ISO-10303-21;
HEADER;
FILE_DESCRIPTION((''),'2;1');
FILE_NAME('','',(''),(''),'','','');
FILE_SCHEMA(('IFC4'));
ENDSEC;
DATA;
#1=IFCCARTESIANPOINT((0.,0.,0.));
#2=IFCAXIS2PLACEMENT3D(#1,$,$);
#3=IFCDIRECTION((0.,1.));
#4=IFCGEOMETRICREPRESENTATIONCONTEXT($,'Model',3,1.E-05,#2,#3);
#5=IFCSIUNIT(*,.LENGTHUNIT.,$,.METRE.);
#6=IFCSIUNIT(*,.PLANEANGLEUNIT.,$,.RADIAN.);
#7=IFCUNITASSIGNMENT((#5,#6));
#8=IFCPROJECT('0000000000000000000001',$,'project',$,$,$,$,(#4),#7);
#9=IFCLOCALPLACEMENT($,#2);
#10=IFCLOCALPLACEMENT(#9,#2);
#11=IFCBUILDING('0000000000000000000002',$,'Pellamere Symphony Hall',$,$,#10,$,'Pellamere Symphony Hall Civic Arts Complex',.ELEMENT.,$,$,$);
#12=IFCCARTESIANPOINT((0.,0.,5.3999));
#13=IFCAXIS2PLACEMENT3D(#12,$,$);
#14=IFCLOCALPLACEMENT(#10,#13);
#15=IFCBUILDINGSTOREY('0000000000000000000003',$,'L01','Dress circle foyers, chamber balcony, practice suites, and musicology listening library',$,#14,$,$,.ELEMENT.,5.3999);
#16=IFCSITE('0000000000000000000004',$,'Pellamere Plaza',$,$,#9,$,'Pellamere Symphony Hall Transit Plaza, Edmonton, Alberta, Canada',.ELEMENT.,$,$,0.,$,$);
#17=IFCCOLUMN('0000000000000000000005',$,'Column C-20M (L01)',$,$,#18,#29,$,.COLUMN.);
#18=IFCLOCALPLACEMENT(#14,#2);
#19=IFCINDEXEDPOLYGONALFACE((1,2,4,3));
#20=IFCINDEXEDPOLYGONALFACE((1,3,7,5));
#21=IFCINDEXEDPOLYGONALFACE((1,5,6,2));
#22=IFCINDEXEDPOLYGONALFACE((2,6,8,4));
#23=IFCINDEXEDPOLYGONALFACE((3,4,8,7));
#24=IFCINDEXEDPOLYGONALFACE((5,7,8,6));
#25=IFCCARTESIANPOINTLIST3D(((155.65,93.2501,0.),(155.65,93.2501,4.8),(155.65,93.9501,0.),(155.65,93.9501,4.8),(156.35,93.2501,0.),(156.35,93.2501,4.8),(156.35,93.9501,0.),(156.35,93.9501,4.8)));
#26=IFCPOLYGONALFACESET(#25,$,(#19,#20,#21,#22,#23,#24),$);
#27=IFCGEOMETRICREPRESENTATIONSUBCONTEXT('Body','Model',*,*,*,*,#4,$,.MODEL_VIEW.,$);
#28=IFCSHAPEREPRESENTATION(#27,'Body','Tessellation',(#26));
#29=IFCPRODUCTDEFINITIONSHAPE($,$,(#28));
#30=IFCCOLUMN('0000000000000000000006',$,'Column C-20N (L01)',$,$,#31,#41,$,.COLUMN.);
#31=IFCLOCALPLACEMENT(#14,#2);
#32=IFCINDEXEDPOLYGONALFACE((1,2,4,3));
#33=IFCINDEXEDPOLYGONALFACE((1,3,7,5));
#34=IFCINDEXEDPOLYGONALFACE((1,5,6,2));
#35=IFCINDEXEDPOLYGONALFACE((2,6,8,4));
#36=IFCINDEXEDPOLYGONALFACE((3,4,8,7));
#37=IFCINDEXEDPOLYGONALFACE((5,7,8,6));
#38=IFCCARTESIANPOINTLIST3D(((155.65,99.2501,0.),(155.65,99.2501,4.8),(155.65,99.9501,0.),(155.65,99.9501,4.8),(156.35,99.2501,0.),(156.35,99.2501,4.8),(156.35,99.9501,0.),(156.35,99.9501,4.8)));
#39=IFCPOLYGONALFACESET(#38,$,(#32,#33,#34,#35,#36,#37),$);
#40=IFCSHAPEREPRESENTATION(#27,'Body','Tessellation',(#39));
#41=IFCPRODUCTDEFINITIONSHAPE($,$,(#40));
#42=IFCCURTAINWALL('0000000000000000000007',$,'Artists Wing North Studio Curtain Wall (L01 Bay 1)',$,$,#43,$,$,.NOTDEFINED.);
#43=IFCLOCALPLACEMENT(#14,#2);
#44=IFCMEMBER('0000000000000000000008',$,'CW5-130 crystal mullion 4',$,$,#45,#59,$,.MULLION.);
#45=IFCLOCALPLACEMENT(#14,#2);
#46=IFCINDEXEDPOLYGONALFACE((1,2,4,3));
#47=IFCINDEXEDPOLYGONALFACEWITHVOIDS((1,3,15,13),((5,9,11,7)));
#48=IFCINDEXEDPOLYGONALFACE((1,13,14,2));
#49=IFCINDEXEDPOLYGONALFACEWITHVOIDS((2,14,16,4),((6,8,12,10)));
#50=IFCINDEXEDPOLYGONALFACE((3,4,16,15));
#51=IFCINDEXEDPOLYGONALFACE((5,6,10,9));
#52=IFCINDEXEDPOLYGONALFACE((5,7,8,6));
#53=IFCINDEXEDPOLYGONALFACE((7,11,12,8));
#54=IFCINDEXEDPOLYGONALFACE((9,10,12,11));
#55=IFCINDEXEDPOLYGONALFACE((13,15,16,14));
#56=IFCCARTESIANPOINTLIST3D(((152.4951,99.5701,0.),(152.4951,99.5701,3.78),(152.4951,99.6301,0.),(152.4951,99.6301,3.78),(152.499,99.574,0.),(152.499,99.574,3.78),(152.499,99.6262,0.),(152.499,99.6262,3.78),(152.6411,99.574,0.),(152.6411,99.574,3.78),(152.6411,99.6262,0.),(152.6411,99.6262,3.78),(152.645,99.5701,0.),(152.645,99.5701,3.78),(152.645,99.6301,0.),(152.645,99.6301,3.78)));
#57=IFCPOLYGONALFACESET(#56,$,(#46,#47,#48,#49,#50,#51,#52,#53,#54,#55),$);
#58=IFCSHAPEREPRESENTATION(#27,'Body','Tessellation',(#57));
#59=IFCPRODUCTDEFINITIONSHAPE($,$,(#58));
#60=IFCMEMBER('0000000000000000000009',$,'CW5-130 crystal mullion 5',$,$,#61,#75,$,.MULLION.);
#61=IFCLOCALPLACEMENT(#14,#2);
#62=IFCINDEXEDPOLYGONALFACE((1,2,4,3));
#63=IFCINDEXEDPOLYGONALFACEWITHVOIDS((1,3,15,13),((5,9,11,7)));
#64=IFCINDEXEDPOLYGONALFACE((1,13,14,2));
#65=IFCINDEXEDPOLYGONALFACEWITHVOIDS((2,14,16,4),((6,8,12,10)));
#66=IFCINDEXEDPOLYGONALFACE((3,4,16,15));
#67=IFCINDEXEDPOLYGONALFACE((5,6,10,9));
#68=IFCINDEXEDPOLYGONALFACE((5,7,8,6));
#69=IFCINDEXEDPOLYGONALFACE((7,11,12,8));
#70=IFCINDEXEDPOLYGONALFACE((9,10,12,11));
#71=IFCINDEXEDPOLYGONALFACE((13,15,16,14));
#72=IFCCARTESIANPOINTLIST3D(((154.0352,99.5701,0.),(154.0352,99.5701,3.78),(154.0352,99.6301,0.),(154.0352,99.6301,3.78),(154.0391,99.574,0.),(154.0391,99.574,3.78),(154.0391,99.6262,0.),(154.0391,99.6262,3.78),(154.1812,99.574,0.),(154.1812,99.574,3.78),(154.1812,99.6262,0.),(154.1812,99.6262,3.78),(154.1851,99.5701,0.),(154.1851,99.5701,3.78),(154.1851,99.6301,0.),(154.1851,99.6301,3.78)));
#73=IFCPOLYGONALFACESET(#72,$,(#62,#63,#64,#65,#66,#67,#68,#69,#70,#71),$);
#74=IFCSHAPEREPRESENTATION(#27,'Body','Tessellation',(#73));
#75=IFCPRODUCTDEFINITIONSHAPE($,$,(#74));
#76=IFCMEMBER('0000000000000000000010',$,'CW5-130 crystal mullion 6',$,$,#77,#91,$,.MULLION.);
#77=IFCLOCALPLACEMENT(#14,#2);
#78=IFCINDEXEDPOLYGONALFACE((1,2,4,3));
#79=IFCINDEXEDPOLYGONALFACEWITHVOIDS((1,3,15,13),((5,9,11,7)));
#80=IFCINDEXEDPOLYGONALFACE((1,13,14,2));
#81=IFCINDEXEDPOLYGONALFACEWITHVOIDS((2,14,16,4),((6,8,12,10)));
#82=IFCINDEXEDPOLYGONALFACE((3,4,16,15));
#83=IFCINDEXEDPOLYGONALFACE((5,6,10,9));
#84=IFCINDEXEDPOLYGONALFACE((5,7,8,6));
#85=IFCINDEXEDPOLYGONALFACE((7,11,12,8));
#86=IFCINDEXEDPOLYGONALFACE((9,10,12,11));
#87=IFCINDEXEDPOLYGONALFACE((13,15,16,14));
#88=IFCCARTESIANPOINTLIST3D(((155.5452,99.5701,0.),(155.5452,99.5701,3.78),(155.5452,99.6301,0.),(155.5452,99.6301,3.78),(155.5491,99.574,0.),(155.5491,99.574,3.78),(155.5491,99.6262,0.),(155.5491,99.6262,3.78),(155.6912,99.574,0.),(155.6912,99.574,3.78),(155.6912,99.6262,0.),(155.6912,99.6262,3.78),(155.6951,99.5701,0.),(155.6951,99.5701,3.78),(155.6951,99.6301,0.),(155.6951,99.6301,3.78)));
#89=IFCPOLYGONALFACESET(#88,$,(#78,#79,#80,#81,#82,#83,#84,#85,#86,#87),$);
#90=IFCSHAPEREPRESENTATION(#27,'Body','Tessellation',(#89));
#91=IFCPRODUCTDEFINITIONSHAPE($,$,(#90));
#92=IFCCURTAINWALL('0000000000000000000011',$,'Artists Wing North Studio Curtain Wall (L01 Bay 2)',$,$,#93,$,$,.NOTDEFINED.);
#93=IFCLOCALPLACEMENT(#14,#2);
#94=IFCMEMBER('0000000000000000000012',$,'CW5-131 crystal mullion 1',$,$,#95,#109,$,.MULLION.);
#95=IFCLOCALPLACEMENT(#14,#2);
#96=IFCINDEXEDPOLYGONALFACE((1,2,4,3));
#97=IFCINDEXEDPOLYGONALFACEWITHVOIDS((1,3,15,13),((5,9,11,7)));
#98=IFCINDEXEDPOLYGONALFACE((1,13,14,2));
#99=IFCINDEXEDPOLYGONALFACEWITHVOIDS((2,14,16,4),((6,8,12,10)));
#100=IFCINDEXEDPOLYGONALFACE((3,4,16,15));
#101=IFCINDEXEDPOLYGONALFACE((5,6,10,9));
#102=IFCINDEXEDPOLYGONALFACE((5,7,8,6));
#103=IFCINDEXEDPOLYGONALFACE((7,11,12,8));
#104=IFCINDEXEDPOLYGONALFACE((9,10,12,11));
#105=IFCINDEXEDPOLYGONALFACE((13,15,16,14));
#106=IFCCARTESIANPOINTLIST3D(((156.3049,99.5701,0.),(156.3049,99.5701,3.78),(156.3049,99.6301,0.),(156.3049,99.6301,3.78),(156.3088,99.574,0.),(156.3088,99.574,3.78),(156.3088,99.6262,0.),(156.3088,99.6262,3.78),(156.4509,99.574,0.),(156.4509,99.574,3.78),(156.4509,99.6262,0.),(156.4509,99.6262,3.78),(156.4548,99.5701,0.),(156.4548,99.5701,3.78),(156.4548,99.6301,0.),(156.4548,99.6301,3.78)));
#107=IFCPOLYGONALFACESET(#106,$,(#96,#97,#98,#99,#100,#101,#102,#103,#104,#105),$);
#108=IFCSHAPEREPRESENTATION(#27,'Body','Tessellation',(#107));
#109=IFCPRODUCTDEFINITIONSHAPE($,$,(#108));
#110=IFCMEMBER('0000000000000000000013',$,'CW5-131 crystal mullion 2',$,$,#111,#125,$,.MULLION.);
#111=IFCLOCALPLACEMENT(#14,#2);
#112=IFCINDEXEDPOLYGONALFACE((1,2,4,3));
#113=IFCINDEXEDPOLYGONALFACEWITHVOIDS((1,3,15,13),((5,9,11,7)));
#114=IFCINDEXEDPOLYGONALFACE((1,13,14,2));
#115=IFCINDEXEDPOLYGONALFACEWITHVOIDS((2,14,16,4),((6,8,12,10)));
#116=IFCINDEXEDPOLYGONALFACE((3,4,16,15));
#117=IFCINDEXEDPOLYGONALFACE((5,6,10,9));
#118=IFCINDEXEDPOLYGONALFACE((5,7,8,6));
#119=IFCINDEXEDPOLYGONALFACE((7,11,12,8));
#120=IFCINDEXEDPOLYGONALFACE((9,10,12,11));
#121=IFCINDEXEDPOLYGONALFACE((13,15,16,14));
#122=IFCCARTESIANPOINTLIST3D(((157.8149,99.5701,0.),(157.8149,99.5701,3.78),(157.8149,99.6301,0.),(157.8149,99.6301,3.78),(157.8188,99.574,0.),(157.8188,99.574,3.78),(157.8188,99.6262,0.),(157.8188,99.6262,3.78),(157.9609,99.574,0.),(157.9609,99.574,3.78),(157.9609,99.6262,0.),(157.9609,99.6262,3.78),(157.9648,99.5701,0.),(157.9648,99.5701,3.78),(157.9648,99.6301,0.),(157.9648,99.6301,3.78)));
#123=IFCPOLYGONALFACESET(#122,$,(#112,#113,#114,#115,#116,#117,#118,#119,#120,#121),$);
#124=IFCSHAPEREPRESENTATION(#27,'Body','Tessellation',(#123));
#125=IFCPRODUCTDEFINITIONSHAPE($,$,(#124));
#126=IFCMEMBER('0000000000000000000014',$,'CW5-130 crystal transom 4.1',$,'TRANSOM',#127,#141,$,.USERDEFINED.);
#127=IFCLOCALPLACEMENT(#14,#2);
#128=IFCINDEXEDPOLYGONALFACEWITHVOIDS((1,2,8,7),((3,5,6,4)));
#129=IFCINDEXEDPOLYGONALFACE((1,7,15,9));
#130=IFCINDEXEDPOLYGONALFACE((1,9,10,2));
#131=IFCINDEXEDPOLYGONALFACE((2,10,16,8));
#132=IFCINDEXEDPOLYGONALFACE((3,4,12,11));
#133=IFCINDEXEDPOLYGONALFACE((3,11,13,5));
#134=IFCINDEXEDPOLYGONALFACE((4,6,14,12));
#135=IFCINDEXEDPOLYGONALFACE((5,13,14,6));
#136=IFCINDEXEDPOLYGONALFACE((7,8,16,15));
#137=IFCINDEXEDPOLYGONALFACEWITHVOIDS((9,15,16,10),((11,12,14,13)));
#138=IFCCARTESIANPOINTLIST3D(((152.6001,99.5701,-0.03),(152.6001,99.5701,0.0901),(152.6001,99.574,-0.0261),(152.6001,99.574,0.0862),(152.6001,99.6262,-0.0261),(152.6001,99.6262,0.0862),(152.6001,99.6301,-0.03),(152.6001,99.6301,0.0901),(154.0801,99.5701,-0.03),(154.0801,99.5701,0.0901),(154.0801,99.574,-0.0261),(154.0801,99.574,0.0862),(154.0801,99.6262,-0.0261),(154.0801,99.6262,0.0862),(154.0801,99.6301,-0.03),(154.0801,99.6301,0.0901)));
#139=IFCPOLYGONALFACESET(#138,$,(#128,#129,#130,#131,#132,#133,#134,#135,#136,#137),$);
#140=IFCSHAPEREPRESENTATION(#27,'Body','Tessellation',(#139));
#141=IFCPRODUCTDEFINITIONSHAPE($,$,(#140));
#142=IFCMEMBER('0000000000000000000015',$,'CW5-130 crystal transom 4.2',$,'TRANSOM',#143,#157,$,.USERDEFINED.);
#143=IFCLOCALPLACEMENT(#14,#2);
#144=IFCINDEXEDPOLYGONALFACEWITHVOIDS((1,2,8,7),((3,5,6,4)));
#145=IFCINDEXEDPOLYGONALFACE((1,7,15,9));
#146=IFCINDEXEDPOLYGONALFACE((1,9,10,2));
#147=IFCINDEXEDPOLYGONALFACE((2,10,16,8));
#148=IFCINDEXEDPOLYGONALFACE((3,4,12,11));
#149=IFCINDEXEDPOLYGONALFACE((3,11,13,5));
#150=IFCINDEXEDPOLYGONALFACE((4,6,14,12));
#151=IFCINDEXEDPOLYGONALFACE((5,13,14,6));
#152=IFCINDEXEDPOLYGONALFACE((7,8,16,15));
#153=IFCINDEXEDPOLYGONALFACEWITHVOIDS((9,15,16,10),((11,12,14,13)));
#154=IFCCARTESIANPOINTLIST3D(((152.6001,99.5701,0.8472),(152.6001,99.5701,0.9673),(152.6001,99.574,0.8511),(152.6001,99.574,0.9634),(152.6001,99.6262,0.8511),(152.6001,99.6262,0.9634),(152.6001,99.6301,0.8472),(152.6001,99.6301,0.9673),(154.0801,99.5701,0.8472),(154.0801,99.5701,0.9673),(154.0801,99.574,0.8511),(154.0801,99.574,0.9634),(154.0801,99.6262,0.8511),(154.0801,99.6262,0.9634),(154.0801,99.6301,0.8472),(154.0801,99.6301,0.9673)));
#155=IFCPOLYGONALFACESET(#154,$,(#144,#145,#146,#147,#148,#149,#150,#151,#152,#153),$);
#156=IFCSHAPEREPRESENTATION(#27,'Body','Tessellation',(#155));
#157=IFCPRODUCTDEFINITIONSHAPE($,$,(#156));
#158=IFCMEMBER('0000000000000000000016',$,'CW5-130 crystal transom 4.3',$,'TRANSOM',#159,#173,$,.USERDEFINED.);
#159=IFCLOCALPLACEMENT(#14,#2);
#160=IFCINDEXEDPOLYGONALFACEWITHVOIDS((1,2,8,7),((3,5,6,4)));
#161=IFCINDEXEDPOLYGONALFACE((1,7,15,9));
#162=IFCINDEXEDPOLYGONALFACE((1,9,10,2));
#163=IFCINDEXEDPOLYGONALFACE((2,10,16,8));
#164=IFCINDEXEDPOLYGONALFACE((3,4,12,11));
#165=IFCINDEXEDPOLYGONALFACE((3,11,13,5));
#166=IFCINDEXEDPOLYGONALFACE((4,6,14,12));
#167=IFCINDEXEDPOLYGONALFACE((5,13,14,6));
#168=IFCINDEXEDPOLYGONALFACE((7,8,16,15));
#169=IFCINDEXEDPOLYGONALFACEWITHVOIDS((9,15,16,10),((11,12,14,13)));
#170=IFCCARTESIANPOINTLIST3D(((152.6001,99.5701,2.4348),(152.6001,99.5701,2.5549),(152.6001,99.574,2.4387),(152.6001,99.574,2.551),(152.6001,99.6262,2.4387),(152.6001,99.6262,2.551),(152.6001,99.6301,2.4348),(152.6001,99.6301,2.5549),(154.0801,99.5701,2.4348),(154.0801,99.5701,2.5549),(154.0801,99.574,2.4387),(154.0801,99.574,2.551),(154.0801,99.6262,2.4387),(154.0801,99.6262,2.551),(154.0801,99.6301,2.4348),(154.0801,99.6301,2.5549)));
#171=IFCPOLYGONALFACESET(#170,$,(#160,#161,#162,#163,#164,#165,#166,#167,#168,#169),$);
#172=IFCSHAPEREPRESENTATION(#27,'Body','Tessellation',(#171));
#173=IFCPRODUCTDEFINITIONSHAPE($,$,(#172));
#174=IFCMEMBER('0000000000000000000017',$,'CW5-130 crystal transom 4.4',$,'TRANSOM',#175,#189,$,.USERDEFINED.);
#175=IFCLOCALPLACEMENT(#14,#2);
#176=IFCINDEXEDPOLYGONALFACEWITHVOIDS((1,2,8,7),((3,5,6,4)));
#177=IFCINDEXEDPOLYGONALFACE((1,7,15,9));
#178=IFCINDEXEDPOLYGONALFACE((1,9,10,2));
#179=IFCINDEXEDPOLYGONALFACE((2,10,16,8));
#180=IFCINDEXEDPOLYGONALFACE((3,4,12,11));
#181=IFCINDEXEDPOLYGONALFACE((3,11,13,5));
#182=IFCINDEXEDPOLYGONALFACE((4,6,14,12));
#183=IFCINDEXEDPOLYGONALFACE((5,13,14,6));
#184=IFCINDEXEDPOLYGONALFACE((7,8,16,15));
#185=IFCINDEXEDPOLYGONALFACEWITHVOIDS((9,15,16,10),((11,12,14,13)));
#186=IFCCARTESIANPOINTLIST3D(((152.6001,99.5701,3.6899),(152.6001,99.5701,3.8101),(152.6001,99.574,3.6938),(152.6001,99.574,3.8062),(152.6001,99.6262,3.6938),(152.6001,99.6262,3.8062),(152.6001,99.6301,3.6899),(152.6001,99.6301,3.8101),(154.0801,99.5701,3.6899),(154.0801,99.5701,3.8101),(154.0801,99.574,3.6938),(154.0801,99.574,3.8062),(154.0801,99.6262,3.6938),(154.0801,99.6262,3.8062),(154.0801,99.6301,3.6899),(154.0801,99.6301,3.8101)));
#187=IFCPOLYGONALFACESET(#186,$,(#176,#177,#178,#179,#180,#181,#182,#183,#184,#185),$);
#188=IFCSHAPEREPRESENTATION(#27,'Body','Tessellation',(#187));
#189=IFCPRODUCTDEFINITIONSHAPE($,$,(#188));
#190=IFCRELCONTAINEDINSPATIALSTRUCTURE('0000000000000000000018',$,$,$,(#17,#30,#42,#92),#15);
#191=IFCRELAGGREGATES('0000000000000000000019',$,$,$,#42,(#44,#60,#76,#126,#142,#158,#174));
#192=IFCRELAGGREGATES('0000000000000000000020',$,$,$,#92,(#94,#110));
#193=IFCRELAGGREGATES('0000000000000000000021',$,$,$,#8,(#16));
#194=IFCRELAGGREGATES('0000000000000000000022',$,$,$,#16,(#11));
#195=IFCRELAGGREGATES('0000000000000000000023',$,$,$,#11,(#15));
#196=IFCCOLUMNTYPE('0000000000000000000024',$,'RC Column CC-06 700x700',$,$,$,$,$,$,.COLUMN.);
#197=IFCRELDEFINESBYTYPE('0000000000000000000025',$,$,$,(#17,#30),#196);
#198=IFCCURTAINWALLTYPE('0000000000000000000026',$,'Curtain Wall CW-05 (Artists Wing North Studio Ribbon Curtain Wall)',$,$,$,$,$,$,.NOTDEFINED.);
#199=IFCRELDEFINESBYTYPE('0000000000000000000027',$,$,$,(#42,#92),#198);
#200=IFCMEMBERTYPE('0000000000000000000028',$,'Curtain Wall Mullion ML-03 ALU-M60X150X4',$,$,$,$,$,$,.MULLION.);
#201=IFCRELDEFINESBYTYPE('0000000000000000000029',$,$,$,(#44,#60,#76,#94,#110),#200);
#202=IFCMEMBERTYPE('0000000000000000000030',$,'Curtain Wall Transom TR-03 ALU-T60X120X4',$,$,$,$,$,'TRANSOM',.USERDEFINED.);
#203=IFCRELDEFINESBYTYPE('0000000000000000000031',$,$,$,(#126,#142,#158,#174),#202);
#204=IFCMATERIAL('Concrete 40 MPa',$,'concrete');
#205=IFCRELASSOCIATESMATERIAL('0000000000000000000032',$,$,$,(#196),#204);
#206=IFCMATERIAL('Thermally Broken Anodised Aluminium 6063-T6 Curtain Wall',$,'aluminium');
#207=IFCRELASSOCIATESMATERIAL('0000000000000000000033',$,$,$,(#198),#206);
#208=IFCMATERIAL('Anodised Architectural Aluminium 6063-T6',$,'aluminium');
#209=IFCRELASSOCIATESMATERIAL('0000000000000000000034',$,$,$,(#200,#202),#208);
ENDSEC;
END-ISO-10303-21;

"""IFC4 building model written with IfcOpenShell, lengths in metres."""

from ifc_helpers import new_model, si_unit, direction, frame, origin, origin_2d, place, context, subcontext, project, spatial, rectangle, hollow_rectangle, extrude, material, material_profile, profile_set, type_object, element, aggregate, save


model = new_model("IFC4")

# Units and contexts
model_context = context("Model", 3, precision=1e-05, world=origin(), true_north=direction((0.0, 1.0)))
body_context = subcontext(model_context, "Body", "Model", "MODEL_VIEW")
ifc_project = project(units=[si_unit("LENGTHUNIT", "METRE"), si_unit("PLANEANGLEUNIT", "RADIAN")], contexts=[model_context])

# Site, building, storey
site_placement = place(None, origin())
site = spatial("IfcSite", under=ifc_project, at=site_placement, Name="Pellamere Plaza", LongName="Pellamere Symphony Hall Transit Plaza, Edmonton, Alberta, Canada", CompositionType="ELEMENT", RefElevation=0.0)
building_placement = place(site_placement, origin())
building = spatial("IfcBuilding", under=site, at=building_placement, Name="Pellamere Symphony Hall", LongName="Pellamere Symphony Hall Civic Arts Complex", CompositionType="ELEMENT")
storey_placement = place(building_placement, frame((0.0, 0.0, 5.3999)))
storey = spatial("IfcBuildingStorey", under=building, at=storey_placement, Name="L01", Description="Dress circle foyers, chamber balcony, practice suites, and musicology listening library", CompositionType="ELEMENT", Elevation=5.3999)

# Columns
ifc_material_1 = material(Name="Concrete 40 MPa", Category="concrete")
ifc_material_profile_1 = material_profile(ifc_material_1, rectangle(XDim=0.7, YDim=0.7, at=origin_2d()), Name="RC 700x700")
ifc_profile_set_1 = profile_set([ifc_material_profile_1], Name="Concrete 40 MPa")
column_type = type_object("IfcColumnType", Name="RC Column CC-06 700x700", PredefinedType="COLUMN", material=ifc_profile_set_1)
for number, where, z_axis, x_axis, name in (
    (1, (156.0, 93.6001, 0.0), (0.0, 0.0, 1.0), (1.0, 0.0, 0.0), "Column C-20M (L01)"),
    (2, (156.0, 99.6001, 0.0), (0.0, 0.0, 1.0), (1.0, 0.0, 0.0), "Column C-20N (L01)"),
):
    element("IfcColumn", number, at=place(storey_placement, frame(where, z_axis=z_axis, x_axis=x_axis)), inside=storey, type_object=column_type, Name=name, PredefinedType="COLUMN", context=body_context, shape_type="SweptSolid", body=[
        extrude(rectangle(XDim=0.7, YDim=0.7, at=origin_2d()), origin(), (0.0, 0.0, 1.0), 4.8),
    ])

# Curtain walls, members
ifc_material_2 = material(Name="Thermally Broken Anodised Aluminium 6063-T6 Curtain Wall", Category="aluminium")
curtain_wall_type = type_object("IfcCurtainWallType", Name="Curtain Wall CW-05 (Artists Wing North Studio Ribbon Curtain Wall)", PredefinedType="NOTDEFINED", material=ifc_material_2)
curtain_wall_1_placement = place(storey_placement, origin())
curtain_wall_1 = element("IfcCurtainWall", 3, at=curtain_wall_1_placement, inside=storey, type_object=curtain_wall_type, Name="Artists Wing North Studio Curtain Wall (L01 Bay 1)", PredefinedType="NOTDEFINED")
ifc_material_3 = material(Name="Anodised Architectural Aluminium 6063-T6", Category="aluminium")
ifc_material_profile_2 = material_profile(ifc_material_3, hollow_rectangle(XDim=0.0601, YDim=0.1499, WallThickness=0.0039, at=origin_2d()), Name="ALU-M60X150X4")
ifc_profile_set_2 = profile_set([ifc_material_profile_2], Name="Anodised Architectural Aluminium 6063-T6")
member_type_1 = type_object("IfcMemberType", Name="Curtain Wall Mullion ML-03 ALU-M60X150X4", PredefinedType="MULLION", material=ifc_profile_set_2)
member_1_placement = place(storey_placement, frame((152.5701, 99.6001, 0.0), z_axis=(0.0, 0.0, 1.0), x_axis=(0.0, 1.0, 0.0)))
member_1 = element("IfcMember", 4, at=member_1_placement, type_object=member_type_1, Name="CW5-130 crystal mullion 4", PredefinedType="MULLION", context=body_context, shape_type="SweptSolid", body=[
    extrude(hollow_rectangle(XDim=0.0601, YDim=0.1499, WallThickness=0.0039, at=origin_2d()), origin(), (0.0, 0.0, 1.0), 3.78),
])
member_2_placement = place(storey_placement, frame((154.1101, 99.6001, 0.0), z_axis=(0.0, 0.0, 1.0), x_axis=(0.0, 1.0, 0.0)))
member_2 = element("IfcMember", 5, at=member_2_placement, type_object=member_type_1, Name="CW5-130 crystal mullion 5", PredefinedType="MULLION", context=body_context, shape_type="SweptSolid", body=[
    extrude(hollow_rectangle(XDim=0.0601, YDim=0.1499, WallThickness=0.0039, at=origin_2d()), origin(), (0.0, 0.0, 1.0), 3.78),
])
member_3_placement = place(storey_placement, frame((155.6201, 99.6001, 0.0), z_axis=(0.0, 0.0, 1.0), x_axis=(0.0, 1.0, 0.0)))
member_3 = element("IfcMember", 6, at=member_3_placement, type_object=member_type_1, Name="CW5-130 crystal mullion 6", PredefinedType="MULLION", context=body_context, shape_type="SweptSolid", body=[
    extrude(hollow_rectangle(XDim=0.0601, YDim=0.1499, WallThickness=0.0039, at=origin_2d()), origin(), (0.0, 0.0, 1.0), 3.78),
])
curtain_wall_2_placement = place(storey_placement, origin())
curtain_wall_2 = element("IfcCurtainWall", 7, at=curtain_wall_2_placement, inside=storey, type_object=curtain_wall_type, Name="Artists Wing North Studio Curtain Wall (L01 Bay 2)", PredefinedType="NOTDEFINED")
member_4_placement = place(storey_placement, frame((156.3799, 99.6001, 0.0), z_axis=(0.0, 0.0, 1.0), x_axis=(0.0, 1.0, 0.0)))
member_4 = element("IfcMember", 8, at=member_4_placement, type_object=member_type_1, Name="CW5-131 crystal mullion 1", PredefinedType="MULLION", context=body_context, shape_type="SweptSolid", body=[
    extrude(hollow_rectangle(XDim=0.0601, YDim=0.1499, WallThickness=0.0039, at=origin_2d()), origin(), (0.0, 0.0, 1.0), 3.78),
])
member_5_placement = place(storey_placement, frame((157.8899, 99.6001, 0.0), z_axis=(0.0, 0.0, 1.0), x_axis=(0.0, 1.0, 0.0)))
member_5 = element("IfcMember", 9, at=member_5_placement, type_object=member_type_1, Name="CW5-131 crystal mullion 2", PredefinedType="MULLION", context=body_context, shape_type="SweptSolid", body=[
    extrude(hollow_rectangle(XDim=0.0601, YDim=0.1499, WallThickness=0.0039, at=origin_2d()), origin(), (0.0, 0.0, 1.0), 3.78),
])

# Members
ifc_material_profile_3 = material_profile(ifc_material_3, hollow_rectangle(XDim=0.0601, YDim=0.1201, WallThickness=0.0039, at=origin_2d()), Name="ALU-T60X120X4")
ifc_profile_set_3 = profile_set([ifc_material_profile_3], Name="Anodised Architectural Aluminium 6063-T6")
member_type_2 = type_object("IfcMemberType", Name="Curtain Wall Transom TR-03 ALU-T60X120X4", ElementType="TRANSOM", PredefinedType="USERDEFINED", material=ifc_profile_set_3)
member_6_placement = place(storey_placement, frame((152.6001, 99.6001, 0.03), z_axis=(1.0, 0.0, 0.0), x_axis=(0.0, 1.0, 0.0)))
member_6 = element("IfcMember", 10, at=member_6_placement, type_object=member_type_2, Name="CW5-130 crystal transom 4.1", ObjectType="TRANSOM", PredefinedType="USERDEFINED", context=body_context, shape_type="SweptSolid", body=[
    extrude(hollow_rectangle(XDim=0.0601, YDim=0.1201, WallThickness=0.0039, at=origin_2d()), origin(), (0.0, 0.0, 1.0), 1.48),
])
member_7_placement = place(storey_placement, frame((152.6001, 99.6001, 0.9072), z_axis=(1.0, 0.0, 0.0), x_axis=(0.0, 1.0, 0.0)))
member_7 = element("IfcMember", 11, at=member_7_placement, type_object=member_type_2, Name="CW5-130 crystal transom 4.2", ObjectType="TRANSOM", PredefinedType="USERDEFINED", context=body_context, shape_type="SweptSolid", body=[
    extrude(hollow_rectangle(XDim=0.0601, YDim=0.1201, WallThickness=0.0039, at=origin_2d()), origin(), (0.0, 0.0, 1.0), 1.48),
])
member_8_placement = place(storey_placement, frame((152.6001, 99.6001, 2.4949), z_axis=(1.0, 0.0, 0.0), x_axis=(0.0, 1.0, 0.0)))
member_8 = element("IfcMember", 12, at=member_8_placement, type_object=member_type_2, Name="CW5-130 crystal transom 4.3", ObjectType="TRANSOM", PredefinedType="USERDEFINED", context=body_context, shape_type="SweptSolid", body=[
    extrude(hollow_rectangle(XDim=0.0601, YDim=0.1201, WallThickness=0.0039, at=origin_2d()), origin(), (0.0, 0.0, 1.0), 1.48),
])
member_9_placement = place(storey_placement, frame((152.6001, 99.6001, 3.75), z_axis=(1.0, 0.0, 0.0), x_axis=(0.0, 1.0, 0.0)))
member_9 = element("IfcMember", 13, at=member_9_placement, type_object=member_type_2, Name="CW5-130 crystal transom 4.4", ObjectType="TRANSOM", PredefinedType="USERDEFINED", context=body_context, shape_type="SweptSolid", body=[
    extrude(hollow_rectangle(XDim=0.0601, YDim=0.1201, WallThickness=0.0039, at=origin_2d()), origin(), (0.0, 0.0, 1.0), 1.48),
])

aggregate(curtain_wall_1, [member_1, member_2, member_3, member_6, member_7, member_8, member_9])
aggregate(curtain_wall_2, [member_4, member_5])

save(model, "model.ifc")
